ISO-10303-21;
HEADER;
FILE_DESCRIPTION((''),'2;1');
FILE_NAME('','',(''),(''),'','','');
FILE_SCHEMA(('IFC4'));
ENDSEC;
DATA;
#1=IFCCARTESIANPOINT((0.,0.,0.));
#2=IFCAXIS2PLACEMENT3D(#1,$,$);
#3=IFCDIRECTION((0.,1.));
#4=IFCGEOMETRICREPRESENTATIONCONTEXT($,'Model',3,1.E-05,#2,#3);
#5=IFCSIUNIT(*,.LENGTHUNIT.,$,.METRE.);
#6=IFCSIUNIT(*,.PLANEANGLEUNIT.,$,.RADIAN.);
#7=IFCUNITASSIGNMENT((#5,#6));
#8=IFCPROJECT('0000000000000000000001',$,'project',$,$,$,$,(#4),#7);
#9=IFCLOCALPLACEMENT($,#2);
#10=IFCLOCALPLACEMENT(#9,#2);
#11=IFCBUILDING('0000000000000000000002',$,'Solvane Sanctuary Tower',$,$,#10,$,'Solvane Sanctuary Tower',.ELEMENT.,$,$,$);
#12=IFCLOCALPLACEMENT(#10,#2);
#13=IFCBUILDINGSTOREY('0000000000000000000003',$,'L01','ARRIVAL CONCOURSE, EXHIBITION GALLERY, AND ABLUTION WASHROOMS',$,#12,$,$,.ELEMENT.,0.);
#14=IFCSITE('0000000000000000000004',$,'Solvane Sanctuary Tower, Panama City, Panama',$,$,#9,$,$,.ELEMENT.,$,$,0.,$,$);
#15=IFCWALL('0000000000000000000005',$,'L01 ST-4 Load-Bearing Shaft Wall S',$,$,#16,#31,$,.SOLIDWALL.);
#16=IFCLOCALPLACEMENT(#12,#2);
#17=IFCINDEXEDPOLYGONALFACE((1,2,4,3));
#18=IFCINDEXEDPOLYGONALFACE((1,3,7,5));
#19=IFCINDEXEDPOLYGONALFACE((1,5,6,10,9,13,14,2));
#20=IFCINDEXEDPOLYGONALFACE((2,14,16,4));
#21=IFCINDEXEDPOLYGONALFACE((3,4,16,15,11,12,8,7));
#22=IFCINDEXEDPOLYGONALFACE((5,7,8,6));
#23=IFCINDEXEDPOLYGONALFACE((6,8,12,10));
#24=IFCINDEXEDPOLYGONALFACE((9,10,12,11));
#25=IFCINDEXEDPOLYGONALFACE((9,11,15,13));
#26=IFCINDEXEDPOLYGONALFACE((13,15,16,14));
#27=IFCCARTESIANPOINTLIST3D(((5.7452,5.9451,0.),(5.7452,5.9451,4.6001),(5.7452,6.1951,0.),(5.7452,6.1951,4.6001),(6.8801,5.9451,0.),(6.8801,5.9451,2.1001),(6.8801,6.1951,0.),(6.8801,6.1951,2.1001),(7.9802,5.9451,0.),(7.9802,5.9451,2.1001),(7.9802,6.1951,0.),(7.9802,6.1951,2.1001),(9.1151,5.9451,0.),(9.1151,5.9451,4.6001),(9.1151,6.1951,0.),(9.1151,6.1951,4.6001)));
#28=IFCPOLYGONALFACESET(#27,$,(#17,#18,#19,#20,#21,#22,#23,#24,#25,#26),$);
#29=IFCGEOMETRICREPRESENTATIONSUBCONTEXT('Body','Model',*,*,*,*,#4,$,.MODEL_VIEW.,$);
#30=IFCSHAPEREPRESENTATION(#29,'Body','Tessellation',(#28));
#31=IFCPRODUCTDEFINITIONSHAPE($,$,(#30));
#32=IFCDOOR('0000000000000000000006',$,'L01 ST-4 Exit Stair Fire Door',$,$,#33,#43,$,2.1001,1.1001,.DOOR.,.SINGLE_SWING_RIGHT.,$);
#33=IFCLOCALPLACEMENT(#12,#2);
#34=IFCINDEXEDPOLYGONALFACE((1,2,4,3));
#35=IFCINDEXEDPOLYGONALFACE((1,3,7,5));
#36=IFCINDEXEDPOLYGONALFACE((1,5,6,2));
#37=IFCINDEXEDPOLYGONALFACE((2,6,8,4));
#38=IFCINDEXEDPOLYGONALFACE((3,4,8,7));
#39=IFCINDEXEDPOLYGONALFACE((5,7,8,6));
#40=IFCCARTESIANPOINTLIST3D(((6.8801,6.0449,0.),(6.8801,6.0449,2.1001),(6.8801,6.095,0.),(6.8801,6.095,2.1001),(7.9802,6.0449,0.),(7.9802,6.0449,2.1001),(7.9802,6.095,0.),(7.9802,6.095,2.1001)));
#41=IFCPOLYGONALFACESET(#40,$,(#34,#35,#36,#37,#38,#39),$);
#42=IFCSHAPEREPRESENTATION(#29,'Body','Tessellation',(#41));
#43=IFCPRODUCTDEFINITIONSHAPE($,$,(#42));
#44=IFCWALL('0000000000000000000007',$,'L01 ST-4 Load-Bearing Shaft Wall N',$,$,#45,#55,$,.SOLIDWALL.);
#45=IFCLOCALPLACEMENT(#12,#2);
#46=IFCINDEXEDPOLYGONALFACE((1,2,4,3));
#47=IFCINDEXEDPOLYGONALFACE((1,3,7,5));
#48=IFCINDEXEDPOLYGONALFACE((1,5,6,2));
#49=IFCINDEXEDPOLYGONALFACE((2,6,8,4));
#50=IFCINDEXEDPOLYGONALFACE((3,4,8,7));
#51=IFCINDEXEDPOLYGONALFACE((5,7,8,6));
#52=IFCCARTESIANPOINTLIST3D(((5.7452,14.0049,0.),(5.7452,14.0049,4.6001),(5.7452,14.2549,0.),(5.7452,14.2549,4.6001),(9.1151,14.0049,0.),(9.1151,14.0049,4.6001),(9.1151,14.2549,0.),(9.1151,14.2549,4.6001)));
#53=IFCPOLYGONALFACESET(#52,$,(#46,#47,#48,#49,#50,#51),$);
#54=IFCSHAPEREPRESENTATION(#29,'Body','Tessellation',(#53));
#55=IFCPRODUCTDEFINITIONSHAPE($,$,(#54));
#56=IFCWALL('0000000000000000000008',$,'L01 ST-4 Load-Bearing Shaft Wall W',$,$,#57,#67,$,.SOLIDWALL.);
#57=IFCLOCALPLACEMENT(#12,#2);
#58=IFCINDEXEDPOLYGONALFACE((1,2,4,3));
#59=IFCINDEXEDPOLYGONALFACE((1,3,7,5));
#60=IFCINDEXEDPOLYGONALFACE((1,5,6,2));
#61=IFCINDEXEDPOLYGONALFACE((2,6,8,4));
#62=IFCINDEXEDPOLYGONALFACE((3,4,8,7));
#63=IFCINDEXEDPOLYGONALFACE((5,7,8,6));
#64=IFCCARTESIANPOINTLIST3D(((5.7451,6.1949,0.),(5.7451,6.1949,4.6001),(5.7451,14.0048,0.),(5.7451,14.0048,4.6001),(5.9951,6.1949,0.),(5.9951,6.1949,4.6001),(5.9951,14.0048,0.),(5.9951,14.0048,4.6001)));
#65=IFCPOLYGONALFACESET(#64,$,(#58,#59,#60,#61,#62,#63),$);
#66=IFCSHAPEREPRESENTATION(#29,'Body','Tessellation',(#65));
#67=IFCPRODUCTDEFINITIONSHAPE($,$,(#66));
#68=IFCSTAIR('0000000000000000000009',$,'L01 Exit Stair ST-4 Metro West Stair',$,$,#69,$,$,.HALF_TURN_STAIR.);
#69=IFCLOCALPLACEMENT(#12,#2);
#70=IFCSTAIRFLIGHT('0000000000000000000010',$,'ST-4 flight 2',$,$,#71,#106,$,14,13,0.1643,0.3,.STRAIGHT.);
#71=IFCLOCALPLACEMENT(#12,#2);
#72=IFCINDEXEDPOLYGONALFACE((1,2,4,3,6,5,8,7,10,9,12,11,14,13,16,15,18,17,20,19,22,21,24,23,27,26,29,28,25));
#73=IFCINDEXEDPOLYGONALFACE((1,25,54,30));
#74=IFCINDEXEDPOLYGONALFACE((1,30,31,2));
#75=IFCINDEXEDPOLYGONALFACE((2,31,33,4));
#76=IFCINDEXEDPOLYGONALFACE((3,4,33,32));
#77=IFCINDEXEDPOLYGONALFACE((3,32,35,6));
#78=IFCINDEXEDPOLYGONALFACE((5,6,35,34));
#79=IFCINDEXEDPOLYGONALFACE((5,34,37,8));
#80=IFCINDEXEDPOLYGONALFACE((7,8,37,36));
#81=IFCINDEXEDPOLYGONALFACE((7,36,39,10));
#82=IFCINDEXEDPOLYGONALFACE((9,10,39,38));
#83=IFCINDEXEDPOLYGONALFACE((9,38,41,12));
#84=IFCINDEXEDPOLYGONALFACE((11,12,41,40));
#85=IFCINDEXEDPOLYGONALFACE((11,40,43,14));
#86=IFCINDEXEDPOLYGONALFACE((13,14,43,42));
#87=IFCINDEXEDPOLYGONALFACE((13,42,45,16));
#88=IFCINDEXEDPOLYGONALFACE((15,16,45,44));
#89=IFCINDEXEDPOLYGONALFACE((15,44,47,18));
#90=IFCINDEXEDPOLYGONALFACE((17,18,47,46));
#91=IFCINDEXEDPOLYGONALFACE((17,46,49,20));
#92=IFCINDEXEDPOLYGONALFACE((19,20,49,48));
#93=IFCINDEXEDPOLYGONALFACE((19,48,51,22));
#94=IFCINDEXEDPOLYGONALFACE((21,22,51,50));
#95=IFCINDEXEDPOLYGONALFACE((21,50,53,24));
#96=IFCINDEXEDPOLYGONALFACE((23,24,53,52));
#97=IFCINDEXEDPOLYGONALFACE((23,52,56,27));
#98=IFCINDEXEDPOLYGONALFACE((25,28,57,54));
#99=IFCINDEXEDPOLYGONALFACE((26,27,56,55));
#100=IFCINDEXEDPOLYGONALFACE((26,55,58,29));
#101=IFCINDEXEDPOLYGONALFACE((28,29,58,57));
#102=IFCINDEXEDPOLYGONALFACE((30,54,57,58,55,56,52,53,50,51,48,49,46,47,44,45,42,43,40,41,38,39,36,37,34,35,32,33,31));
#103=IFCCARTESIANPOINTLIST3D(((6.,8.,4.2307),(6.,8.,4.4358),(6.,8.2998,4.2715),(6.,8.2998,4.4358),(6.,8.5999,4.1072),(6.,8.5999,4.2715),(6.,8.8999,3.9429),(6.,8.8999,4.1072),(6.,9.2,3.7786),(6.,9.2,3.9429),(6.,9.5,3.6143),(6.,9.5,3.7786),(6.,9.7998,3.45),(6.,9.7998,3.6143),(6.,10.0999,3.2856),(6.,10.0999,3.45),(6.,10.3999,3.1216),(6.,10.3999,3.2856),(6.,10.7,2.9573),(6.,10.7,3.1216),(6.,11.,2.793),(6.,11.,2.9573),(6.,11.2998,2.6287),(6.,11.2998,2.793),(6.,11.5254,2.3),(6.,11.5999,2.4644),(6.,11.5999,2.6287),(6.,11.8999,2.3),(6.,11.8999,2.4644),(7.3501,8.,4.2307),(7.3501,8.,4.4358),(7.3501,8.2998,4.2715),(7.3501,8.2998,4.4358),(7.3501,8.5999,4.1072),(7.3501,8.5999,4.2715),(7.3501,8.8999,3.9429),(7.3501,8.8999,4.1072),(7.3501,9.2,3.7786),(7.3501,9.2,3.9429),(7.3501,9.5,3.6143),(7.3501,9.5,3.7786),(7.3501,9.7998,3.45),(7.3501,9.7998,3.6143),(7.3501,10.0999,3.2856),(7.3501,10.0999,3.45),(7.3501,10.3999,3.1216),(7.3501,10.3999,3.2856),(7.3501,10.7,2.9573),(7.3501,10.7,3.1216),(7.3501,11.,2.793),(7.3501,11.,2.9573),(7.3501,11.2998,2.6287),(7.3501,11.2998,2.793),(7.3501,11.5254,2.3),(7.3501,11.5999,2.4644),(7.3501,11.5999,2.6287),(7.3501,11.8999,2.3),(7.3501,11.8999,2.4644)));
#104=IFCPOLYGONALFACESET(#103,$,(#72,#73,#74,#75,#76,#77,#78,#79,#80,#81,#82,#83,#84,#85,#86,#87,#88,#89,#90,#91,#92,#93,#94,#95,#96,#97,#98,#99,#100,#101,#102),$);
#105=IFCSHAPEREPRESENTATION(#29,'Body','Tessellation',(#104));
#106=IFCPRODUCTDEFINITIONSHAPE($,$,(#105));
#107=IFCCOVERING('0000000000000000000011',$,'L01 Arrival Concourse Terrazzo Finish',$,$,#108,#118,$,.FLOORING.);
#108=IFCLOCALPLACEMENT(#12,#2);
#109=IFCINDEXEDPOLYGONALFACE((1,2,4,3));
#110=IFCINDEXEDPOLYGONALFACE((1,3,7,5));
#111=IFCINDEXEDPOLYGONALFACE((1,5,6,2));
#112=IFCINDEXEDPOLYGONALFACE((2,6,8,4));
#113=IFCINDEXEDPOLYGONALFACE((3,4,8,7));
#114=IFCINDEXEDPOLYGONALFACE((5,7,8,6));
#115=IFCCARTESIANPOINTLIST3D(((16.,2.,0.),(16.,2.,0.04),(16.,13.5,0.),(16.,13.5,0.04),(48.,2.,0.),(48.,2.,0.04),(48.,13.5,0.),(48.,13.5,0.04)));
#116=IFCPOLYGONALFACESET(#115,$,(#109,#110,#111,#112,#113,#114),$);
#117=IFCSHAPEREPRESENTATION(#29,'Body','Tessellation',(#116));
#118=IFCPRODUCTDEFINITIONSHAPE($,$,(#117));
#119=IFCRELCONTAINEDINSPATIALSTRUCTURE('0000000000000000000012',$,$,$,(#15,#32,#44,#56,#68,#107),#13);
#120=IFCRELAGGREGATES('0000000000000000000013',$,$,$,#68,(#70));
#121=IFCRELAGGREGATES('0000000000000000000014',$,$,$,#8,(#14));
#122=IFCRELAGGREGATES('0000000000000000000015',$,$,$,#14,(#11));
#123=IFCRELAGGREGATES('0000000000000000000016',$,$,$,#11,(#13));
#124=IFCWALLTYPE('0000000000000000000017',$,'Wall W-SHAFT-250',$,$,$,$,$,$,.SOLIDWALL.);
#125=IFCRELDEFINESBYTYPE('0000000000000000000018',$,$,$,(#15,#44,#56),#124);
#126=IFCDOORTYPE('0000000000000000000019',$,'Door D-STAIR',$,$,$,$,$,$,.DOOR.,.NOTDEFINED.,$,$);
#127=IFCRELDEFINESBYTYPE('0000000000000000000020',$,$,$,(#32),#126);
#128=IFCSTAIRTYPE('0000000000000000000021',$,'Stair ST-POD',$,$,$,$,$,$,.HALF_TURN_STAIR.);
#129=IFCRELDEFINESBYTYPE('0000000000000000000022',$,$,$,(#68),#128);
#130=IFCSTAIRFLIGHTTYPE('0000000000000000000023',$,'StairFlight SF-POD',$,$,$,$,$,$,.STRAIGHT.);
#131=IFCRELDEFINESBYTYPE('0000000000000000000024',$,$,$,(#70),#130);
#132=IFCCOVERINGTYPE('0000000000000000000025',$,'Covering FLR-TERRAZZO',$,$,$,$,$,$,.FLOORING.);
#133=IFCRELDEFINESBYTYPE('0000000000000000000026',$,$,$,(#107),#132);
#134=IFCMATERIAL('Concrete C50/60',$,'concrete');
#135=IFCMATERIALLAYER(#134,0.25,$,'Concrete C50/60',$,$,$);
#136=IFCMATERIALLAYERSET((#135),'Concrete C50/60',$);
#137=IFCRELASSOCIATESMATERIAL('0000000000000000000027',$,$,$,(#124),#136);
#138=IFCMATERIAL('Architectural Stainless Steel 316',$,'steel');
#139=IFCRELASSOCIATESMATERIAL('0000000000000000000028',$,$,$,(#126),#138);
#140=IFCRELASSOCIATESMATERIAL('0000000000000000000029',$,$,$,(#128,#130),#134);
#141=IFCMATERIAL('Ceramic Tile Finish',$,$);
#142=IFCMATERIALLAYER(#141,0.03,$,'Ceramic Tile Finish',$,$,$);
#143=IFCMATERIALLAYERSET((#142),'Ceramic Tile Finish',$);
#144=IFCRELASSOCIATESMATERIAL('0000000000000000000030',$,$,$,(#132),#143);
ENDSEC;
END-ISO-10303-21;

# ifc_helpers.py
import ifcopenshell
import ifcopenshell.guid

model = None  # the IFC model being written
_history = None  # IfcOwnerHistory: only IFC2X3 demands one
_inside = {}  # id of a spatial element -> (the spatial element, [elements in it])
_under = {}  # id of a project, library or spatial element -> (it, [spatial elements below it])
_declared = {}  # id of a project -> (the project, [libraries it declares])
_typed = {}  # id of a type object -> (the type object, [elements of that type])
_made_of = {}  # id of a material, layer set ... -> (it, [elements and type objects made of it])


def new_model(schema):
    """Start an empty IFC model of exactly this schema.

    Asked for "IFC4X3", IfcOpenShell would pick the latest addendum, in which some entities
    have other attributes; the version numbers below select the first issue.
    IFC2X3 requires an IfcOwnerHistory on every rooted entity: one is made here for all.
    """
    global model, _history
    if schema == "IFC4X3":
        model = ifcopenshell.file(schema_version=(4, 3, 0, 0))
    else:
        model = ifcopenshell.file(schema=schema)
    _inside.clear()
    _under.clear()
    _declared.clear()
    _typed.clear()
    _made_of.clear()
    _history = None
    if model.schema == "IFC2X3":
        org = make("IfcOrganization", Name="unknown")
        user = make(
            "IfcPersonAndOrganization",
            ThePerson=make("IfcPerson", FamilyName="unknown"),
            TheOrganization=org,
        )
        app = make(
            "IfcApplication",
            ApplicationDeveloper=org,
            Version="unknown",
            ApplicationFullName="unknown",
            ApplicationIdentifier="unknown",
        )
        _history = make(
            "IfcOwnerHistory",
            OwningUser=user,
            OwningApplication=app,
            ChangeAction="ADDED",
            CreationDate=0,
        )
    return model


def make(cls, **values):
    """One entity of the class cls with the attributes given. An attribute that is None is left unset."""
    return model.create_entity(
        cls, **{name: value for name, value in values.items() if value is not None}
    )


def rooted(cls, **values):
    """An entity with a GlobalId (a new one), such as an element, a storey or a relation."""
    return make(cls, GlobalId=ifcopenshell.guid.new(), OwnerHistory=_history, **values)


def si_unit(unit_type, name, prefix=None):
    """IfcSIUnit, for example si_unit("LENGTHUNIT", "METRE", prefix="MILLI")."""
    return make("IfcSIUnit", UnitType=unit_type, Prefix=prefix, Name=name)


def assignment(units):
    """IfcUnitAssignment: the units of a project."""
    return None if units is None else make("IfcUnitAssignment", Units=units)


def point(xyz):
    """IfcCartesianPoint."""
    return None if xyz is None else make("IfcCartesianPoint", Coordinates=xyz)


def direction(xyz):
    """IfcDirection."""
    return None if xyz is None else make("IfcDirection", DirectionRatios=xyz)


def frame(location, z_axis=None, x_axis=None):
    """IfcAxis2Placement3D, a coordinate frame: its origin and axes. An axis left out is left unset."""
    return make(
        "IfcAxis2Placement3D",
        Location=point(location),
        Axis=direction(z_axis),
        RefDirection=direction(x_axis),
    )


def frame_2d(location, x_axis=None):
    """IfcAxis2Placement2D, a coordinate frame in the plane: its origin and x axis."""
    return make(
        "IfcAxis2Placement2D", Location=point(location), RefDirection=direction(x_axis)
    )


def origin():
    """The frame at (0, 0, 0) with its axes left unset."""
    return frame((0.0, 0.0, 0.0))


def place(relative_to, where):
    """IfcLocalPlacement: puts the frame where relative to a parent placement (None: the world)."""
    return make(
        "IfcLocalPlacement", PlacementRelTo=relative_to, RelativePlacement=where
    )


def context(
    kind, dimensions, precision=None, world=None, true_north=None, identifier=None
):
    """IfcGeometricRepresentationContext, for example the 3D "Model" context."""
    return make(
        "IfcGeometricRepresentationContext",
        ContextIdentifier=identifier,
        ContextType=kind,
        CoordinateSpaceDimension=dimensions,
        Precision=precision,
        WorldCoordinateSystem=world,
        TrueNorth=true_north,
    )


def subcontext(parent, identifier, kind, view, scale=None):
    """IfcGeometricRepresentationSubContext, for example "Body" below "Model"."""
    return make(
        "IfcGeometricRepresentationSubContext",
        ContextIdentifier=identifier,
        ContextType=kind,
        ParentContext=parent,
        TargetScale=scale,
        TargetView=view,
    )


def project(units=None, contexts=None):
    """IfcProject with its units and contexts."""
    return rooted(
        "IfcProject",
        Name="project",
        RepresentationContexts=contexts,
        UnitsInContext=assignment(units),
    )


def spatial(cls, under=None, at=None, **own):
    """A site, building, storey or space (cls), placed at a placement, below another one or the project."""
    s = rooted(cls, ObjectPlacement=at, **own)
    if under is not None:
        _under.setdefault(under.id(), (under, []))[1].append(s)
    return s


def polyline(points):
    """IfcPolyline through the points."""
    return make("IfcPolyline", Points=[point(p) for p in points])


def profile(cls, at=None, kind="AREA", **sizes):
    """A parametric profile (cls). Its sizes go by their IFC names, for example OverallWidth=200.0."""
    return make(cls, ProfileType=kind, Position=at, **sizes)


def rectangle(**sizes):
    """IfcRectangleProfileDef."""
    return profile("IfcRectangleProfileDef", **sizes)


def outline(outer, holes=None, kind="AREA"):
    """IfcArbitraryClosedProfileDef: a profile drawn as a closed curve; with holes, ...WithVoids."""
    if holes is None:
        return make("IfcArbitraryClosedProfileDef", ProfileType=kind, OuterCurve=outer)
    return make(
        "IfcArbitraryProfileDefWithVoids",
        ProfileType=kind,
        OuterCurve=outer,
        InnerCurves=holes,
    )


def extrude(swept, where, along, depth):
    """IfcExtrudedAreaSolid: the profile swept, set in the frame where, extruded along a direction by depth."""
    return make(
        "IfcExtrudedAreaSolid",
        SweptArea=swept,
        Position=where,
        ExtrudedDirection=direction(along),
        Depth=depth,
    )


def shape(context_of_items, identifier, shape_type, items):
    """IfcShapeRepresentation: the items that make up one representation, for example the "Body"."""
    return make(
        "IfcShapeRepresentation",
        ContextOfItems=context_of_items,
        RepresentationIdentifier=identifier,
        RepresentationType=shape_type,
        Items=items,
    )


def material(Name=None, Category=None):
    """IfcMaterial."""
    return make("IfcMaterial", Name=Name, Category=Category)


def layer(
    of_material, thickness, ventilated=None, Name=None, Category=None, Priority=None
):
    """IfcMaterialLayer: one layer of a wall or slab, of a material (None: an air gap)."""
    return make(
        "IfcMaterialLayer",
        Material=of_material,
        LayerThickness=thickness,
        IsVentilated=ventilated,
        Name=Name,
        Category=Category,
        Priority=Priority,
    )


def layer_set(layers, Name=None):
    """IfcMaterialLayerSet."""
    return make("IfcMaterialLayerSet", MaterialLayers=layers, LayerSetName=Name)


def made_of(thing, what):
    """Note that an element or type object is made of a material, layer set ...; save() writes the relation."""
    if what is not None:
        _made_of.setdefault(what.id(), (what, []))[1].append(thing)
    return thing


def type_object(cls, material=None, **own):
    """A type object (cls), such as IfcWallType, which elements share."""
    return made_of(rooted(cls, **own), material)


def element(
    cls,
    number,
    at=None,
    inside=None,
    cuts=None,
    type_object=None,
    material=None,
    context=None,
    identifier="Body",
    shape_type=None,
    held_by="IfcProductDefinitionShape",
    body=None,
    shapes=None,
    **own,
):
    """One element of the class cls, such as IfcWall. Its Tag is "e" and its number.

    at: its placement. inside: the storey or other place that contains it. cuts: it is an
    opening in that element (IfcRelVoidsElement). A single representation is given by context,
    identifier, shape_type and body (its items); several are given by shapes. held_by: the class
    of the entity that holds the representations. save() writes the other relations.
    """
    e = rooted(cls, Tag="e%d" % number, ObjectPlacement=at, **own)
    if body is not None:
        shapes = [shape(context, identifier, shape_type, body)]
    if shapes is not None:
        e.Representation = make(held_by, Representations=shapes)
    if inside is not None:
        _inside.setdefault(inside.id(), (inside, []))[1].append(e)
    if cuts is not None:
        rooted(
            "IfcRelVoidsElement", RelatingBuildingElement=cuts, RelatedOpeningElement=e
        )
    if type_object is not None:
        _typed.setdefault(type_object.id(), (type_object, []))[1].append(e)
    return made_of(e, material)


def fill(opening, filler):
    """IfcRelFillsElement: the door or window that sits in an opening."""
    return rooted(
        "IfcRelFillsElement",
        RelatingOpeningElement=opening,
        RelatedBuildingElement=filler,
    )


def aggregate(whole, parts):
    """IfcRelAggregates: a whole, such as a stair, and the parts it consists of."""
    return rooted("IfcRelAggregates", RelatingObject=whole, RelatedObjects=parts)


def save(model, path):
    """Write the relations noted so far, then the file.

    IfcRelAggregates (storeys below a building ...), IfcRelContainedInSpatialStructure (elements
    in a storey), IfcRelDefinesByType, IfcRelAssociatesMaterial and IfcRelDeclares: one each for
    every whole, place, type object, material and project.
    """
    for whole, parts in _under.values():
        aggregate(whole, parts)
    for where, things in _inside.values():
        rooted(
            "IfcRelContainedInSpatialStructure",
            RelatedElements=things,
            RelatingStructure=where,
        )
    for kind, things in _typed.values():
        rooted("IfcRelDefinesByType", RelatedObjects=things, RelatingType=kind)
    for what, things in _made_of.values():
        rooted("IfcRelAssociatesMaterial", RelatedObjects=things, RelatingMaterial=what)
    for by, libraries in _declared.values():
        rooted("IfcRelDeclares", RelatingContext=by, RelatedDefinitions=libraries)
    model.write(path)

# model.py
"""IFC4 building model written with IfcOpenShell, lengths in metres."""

from ifc_helpers import new_model, si_unit, direction, frame, frame_2d, origin, place, context, subcontext, project, spatial, polyline, rectangle, outline, extrude, material, layer, layer_set, type_object, element, fill, aggregate, save


model = new_model("IFC4")

# Units and contexts
model_context = context("Model", 3, precision=1e-05, world=origin(), true_north=direction((0.0, 1.0)))
body_context = subcontext(model_context, "Body", "Model", "MODEL_VIEW")
ifc_project = project(units=[si_unit("LENGTHUNIT", "METRE"), si_unit("PLANEANGLEUNIT", "RADIAN")], contexts=[model_context])

# Site, building, storey
site_placement = place(None, origin())
site = spatial("IfcSite", under=ifc_project, at=site_placement, Name="Solvane Sanctuary Tower, Panama City, Panama", CompositionType="ELEMENT", RefElevation=0.0)
building_placement = place(site_placement, origin())
building = spatial("IfcBuilding", under=site, at=building_placement, Name="Solvane Sanctuary Tower", LongName="Solvane Sanctuary Tower", CompositionType="ELEMENT")
storey_placement = place(building_placement, origin())
storey = spatial("IfcBuildingStorey", under=building, at=storey_placement, Name="L01", Description="ARRIVAL CONCOURSE, EXHIBITION GALLERY, AND ABLUTION WASHROOMS", CompositionType="ELEMENT", Elevation=0.0)

# Shared definitions
ifc_material_1 = material(Name="Architectural Stainless Steel 316", Category="steel")

# Wall, opening, door
ifc_material_2 = material(Name="Concrete C50/60", Category="concrete")
ifc_layer_1 = layer(ifc_material_2, 0.25, Name="Concrete C50/60")
ifc_layer_set_1 = layer_set([ifc_layer_1], Name="Concrete C50/60")
wall_type_1 = type_object("IfcWallType", Name="Wall W-SHAFT-250", PredefinedType="SOLIDWALL", material=ifc_layer_set_1)
wall_1_placement = place(storey_placement, frame((5.7451, 6.0701, 0.0), z_axis=(0.0, 0.0, 1.0), x_axis=(1.0, 0.0, 0.0)))
wall_1 = element("IfcWall", 1, at=wall_1_placement, inside=storey, type_object=wall_type_1, Name="L01 ST-4 Load-Bearing Shaft Wall S", PredefinedType="SOLIDWALL", context=body_context, shape_type="SweptSolid", body=[
    extrude(rectangle(XDim=3.3699, YDim=0.25, at=frame_2d((1.6851, 0.0))), origin(), (0.0, 0.0, 1.0), 4.6001),
])
opening_1_placement = place(wall_1_placement, frame((1.135, 0.0, 0.0)))
opening_1 = element("IfcOpeningElement", 2, at=opening_1_placement, cuts=wall_1, PredefinedType="OPENING", context=body_context, shape_type="SweptSolid", body=[
    extrude(rectangle(XDim=1.1001, YDim=2.1001, at=frame_2d((0.55, 1.05))), frame((0.0, 0.135, 0.0), z_axis=(0.0, -1.0, 0.0), x_axis=(1.0, 0.0, 0.0)), (0.0, 0.0, 1.0), 0.27),
])
door_type_1 = type_object("IfcDoorType", Name="Door D-STAIR", OperationType="NOTDEFINED", PredefinedType="DOOR", material=ifc_material_1)
door_1_placement = place(opening_1_placement, origin())
door_1 = element("IfcDoor", 3, at=door_1_placement, inside=storey, type_object=door_type_1, Name="L01 ST-4 Exit Stair Fire Door", OperationType="SINGLE_SWING_RIGHT", OverallHeight=2.1001, OverallWidth=1.1001, PredefinedType="DOOR", context=body_context, shape_type="SweptSolid", body=[
    extrude(rectangle(XDim=1.1001, YDim=2.1001, at=frame_2d((0.55, 1.05))), frame((0.0, 0.0249, 0.0), z_axis=(0.0, -1.0, 0.0), x_axis=(1.0, 0.0, 0.0)), (0.0, 0.0, 1.0), 0.05),
])
fill(opening_1, door_1)

# Walls
wall_2_placement = place(storey_placement, frame((5.7451, 14.1299, 0.0), z_axis=(0.0, 0.0, 1.0), x_axis=(1.0, 0.0, 0.0)))
element("IfcWall", 4, at=wall_2_placement, inside=storey, type_object=wall_type_1, Name="L01 ST-4 Load-Bearing Shaft Wall N", PredefinedType="SOLIDWALL", context=body_context, shape_type="SweptSolid", body=[
    extrude(rectangle(XDim=3.3699, YDim=0.25, at=frame_2d((1.6851, 0.0))), origin(), (0.0, 0.0, 1.0), 4.6001),
])
wall_3_placement = place(storey_placement, frame((5.8701, 6.1951, 0.0), z_axis=(0.0, 0.0, 1.0), x_axis=(0.0, 1.0, 0.0)))
element("IfcWall", 5, at=wall_3_placement, inside=storey, type_object=wall_type_1, Name="L01 ST-4 Load-Bearing Shaft Wall W", PredefinedType="SOLIDWALL", context=body_context, shape_type="SweptSolid", body=[
    extrude(rectangle(XDim=7.8098, YDim=0.25, at=frame_2d((3.9048, 0.0))), origin(), (0.0, 0.0, 1.0), 4.6001),
])

# Stair, stair flight
stair_type = type_object("IfcStairType", Name="Stair ST-POD", PredefinedType="HALF_TURN_STAIR", material=ifc_material_2)
stair_placement = place(storey_placement, origin())
stair = element("IfcStair", 6, at=stair_placement, inside=storey, type_object=stair_type, Name="L01 Exit Stair ST-4 Metro West Stair", PredefinedType="HALF_TURN_STAIR")
stair_flight_type = type_object("IfcStairFlightType", Name="StairFlight SF-POD", PredefinedType="STRAIGHT", material=ifc_material_2)
stair_flight_placement = place(storey_placement, frame((6.675, 11.8999, 2.3), z_axis=(0.0, 0.0, 1.0), x_axis=(0.0, -1.0, 0.0)))
stair_flight = element("IfcStairFlight", 7, at=stair_flight_placement, type_object=stair_flight_type, Name="ST-4 flight 2", NumberOfRisers=14, NumberOfTreads=13, PredefinedType="STRAIGHT", RiserHeight=0.1643, TreadLength=0.3, context=body_context, shape_type="SweptSolid", body=[
    extrude(outline(polyline([(0.0, 0.0), (0.0, 0.1643), (0.3, 0.1643), (0.3, 0.3286), (0.6001, 0.3286), (0.6001, 0.4929), (0.8999, 0.4929), (0.8999, 0.6572), (1.2, 0.6572), (1.2, 0.8215), (1.5, 0.8215), (1.5, 0.9856), (1.8, 0.9856), (1.8, 1.1499), (2.1001, 1.1499), (2.1001, 1.3142), (2.3999, 1.3142), (2.3999, 1.4785), (2.7, 1.4785), (2.7, 1.6428), (3.0, 1.6428), (3.0, 1.8071), (3.3, 1.8071), (3.3, 1.9714), (3.6001, 1.9714), (3.6001, 2.1357), (3.8999, 2.1357), (3.8999, 2.3), (3.8999, 1.9307), (0.3745, 0.0), (0.0, 0.0)])), frame((0.0, 0.675, 0.0), z_axis=(0.0, -1.0, 0.0), x_axis=(1.0, 0.0, 0.0)), (0.0, 0.0, 1.0), 1.3501),
])
aggregate(stair, [stair_flight])

# Covering
ifc_material_3 = material(Name="Ceramic Tile Finish")
ifc_layer_2 = layer(ifc_material_3, 0.03, Name="Ceramic Tile Finish")
ifc_layer_set_2 = layer_set([ifc_layer_2], Name="Ceramic Tile Finish")
covering_type = type_object("IfcCoveringType", Name="Covering FLR-TERRAZZO", PredefinedType="FLOORING", material=ifc_layer_set_2)
covering_placement = place(storey_placement, origin())
element("IfcCovering", 8, at=covering_placement, inside=storey, type_object=covering_type, Name="L01 Arrival Concourse Terrazzo Finish", PredefinedType="FLOORING", context=body_context, shape_type="SweptSolid", body=[
    extrude(outline(polyline([(16.0, 2.0), (48.0, 2.0), (48.0, 13.5), (16.0, 13.5), (16.0, 2.0)])), origin(), (0.0, 0.0, 1.0), 0.04),
])

save(model, "model.ifc")
